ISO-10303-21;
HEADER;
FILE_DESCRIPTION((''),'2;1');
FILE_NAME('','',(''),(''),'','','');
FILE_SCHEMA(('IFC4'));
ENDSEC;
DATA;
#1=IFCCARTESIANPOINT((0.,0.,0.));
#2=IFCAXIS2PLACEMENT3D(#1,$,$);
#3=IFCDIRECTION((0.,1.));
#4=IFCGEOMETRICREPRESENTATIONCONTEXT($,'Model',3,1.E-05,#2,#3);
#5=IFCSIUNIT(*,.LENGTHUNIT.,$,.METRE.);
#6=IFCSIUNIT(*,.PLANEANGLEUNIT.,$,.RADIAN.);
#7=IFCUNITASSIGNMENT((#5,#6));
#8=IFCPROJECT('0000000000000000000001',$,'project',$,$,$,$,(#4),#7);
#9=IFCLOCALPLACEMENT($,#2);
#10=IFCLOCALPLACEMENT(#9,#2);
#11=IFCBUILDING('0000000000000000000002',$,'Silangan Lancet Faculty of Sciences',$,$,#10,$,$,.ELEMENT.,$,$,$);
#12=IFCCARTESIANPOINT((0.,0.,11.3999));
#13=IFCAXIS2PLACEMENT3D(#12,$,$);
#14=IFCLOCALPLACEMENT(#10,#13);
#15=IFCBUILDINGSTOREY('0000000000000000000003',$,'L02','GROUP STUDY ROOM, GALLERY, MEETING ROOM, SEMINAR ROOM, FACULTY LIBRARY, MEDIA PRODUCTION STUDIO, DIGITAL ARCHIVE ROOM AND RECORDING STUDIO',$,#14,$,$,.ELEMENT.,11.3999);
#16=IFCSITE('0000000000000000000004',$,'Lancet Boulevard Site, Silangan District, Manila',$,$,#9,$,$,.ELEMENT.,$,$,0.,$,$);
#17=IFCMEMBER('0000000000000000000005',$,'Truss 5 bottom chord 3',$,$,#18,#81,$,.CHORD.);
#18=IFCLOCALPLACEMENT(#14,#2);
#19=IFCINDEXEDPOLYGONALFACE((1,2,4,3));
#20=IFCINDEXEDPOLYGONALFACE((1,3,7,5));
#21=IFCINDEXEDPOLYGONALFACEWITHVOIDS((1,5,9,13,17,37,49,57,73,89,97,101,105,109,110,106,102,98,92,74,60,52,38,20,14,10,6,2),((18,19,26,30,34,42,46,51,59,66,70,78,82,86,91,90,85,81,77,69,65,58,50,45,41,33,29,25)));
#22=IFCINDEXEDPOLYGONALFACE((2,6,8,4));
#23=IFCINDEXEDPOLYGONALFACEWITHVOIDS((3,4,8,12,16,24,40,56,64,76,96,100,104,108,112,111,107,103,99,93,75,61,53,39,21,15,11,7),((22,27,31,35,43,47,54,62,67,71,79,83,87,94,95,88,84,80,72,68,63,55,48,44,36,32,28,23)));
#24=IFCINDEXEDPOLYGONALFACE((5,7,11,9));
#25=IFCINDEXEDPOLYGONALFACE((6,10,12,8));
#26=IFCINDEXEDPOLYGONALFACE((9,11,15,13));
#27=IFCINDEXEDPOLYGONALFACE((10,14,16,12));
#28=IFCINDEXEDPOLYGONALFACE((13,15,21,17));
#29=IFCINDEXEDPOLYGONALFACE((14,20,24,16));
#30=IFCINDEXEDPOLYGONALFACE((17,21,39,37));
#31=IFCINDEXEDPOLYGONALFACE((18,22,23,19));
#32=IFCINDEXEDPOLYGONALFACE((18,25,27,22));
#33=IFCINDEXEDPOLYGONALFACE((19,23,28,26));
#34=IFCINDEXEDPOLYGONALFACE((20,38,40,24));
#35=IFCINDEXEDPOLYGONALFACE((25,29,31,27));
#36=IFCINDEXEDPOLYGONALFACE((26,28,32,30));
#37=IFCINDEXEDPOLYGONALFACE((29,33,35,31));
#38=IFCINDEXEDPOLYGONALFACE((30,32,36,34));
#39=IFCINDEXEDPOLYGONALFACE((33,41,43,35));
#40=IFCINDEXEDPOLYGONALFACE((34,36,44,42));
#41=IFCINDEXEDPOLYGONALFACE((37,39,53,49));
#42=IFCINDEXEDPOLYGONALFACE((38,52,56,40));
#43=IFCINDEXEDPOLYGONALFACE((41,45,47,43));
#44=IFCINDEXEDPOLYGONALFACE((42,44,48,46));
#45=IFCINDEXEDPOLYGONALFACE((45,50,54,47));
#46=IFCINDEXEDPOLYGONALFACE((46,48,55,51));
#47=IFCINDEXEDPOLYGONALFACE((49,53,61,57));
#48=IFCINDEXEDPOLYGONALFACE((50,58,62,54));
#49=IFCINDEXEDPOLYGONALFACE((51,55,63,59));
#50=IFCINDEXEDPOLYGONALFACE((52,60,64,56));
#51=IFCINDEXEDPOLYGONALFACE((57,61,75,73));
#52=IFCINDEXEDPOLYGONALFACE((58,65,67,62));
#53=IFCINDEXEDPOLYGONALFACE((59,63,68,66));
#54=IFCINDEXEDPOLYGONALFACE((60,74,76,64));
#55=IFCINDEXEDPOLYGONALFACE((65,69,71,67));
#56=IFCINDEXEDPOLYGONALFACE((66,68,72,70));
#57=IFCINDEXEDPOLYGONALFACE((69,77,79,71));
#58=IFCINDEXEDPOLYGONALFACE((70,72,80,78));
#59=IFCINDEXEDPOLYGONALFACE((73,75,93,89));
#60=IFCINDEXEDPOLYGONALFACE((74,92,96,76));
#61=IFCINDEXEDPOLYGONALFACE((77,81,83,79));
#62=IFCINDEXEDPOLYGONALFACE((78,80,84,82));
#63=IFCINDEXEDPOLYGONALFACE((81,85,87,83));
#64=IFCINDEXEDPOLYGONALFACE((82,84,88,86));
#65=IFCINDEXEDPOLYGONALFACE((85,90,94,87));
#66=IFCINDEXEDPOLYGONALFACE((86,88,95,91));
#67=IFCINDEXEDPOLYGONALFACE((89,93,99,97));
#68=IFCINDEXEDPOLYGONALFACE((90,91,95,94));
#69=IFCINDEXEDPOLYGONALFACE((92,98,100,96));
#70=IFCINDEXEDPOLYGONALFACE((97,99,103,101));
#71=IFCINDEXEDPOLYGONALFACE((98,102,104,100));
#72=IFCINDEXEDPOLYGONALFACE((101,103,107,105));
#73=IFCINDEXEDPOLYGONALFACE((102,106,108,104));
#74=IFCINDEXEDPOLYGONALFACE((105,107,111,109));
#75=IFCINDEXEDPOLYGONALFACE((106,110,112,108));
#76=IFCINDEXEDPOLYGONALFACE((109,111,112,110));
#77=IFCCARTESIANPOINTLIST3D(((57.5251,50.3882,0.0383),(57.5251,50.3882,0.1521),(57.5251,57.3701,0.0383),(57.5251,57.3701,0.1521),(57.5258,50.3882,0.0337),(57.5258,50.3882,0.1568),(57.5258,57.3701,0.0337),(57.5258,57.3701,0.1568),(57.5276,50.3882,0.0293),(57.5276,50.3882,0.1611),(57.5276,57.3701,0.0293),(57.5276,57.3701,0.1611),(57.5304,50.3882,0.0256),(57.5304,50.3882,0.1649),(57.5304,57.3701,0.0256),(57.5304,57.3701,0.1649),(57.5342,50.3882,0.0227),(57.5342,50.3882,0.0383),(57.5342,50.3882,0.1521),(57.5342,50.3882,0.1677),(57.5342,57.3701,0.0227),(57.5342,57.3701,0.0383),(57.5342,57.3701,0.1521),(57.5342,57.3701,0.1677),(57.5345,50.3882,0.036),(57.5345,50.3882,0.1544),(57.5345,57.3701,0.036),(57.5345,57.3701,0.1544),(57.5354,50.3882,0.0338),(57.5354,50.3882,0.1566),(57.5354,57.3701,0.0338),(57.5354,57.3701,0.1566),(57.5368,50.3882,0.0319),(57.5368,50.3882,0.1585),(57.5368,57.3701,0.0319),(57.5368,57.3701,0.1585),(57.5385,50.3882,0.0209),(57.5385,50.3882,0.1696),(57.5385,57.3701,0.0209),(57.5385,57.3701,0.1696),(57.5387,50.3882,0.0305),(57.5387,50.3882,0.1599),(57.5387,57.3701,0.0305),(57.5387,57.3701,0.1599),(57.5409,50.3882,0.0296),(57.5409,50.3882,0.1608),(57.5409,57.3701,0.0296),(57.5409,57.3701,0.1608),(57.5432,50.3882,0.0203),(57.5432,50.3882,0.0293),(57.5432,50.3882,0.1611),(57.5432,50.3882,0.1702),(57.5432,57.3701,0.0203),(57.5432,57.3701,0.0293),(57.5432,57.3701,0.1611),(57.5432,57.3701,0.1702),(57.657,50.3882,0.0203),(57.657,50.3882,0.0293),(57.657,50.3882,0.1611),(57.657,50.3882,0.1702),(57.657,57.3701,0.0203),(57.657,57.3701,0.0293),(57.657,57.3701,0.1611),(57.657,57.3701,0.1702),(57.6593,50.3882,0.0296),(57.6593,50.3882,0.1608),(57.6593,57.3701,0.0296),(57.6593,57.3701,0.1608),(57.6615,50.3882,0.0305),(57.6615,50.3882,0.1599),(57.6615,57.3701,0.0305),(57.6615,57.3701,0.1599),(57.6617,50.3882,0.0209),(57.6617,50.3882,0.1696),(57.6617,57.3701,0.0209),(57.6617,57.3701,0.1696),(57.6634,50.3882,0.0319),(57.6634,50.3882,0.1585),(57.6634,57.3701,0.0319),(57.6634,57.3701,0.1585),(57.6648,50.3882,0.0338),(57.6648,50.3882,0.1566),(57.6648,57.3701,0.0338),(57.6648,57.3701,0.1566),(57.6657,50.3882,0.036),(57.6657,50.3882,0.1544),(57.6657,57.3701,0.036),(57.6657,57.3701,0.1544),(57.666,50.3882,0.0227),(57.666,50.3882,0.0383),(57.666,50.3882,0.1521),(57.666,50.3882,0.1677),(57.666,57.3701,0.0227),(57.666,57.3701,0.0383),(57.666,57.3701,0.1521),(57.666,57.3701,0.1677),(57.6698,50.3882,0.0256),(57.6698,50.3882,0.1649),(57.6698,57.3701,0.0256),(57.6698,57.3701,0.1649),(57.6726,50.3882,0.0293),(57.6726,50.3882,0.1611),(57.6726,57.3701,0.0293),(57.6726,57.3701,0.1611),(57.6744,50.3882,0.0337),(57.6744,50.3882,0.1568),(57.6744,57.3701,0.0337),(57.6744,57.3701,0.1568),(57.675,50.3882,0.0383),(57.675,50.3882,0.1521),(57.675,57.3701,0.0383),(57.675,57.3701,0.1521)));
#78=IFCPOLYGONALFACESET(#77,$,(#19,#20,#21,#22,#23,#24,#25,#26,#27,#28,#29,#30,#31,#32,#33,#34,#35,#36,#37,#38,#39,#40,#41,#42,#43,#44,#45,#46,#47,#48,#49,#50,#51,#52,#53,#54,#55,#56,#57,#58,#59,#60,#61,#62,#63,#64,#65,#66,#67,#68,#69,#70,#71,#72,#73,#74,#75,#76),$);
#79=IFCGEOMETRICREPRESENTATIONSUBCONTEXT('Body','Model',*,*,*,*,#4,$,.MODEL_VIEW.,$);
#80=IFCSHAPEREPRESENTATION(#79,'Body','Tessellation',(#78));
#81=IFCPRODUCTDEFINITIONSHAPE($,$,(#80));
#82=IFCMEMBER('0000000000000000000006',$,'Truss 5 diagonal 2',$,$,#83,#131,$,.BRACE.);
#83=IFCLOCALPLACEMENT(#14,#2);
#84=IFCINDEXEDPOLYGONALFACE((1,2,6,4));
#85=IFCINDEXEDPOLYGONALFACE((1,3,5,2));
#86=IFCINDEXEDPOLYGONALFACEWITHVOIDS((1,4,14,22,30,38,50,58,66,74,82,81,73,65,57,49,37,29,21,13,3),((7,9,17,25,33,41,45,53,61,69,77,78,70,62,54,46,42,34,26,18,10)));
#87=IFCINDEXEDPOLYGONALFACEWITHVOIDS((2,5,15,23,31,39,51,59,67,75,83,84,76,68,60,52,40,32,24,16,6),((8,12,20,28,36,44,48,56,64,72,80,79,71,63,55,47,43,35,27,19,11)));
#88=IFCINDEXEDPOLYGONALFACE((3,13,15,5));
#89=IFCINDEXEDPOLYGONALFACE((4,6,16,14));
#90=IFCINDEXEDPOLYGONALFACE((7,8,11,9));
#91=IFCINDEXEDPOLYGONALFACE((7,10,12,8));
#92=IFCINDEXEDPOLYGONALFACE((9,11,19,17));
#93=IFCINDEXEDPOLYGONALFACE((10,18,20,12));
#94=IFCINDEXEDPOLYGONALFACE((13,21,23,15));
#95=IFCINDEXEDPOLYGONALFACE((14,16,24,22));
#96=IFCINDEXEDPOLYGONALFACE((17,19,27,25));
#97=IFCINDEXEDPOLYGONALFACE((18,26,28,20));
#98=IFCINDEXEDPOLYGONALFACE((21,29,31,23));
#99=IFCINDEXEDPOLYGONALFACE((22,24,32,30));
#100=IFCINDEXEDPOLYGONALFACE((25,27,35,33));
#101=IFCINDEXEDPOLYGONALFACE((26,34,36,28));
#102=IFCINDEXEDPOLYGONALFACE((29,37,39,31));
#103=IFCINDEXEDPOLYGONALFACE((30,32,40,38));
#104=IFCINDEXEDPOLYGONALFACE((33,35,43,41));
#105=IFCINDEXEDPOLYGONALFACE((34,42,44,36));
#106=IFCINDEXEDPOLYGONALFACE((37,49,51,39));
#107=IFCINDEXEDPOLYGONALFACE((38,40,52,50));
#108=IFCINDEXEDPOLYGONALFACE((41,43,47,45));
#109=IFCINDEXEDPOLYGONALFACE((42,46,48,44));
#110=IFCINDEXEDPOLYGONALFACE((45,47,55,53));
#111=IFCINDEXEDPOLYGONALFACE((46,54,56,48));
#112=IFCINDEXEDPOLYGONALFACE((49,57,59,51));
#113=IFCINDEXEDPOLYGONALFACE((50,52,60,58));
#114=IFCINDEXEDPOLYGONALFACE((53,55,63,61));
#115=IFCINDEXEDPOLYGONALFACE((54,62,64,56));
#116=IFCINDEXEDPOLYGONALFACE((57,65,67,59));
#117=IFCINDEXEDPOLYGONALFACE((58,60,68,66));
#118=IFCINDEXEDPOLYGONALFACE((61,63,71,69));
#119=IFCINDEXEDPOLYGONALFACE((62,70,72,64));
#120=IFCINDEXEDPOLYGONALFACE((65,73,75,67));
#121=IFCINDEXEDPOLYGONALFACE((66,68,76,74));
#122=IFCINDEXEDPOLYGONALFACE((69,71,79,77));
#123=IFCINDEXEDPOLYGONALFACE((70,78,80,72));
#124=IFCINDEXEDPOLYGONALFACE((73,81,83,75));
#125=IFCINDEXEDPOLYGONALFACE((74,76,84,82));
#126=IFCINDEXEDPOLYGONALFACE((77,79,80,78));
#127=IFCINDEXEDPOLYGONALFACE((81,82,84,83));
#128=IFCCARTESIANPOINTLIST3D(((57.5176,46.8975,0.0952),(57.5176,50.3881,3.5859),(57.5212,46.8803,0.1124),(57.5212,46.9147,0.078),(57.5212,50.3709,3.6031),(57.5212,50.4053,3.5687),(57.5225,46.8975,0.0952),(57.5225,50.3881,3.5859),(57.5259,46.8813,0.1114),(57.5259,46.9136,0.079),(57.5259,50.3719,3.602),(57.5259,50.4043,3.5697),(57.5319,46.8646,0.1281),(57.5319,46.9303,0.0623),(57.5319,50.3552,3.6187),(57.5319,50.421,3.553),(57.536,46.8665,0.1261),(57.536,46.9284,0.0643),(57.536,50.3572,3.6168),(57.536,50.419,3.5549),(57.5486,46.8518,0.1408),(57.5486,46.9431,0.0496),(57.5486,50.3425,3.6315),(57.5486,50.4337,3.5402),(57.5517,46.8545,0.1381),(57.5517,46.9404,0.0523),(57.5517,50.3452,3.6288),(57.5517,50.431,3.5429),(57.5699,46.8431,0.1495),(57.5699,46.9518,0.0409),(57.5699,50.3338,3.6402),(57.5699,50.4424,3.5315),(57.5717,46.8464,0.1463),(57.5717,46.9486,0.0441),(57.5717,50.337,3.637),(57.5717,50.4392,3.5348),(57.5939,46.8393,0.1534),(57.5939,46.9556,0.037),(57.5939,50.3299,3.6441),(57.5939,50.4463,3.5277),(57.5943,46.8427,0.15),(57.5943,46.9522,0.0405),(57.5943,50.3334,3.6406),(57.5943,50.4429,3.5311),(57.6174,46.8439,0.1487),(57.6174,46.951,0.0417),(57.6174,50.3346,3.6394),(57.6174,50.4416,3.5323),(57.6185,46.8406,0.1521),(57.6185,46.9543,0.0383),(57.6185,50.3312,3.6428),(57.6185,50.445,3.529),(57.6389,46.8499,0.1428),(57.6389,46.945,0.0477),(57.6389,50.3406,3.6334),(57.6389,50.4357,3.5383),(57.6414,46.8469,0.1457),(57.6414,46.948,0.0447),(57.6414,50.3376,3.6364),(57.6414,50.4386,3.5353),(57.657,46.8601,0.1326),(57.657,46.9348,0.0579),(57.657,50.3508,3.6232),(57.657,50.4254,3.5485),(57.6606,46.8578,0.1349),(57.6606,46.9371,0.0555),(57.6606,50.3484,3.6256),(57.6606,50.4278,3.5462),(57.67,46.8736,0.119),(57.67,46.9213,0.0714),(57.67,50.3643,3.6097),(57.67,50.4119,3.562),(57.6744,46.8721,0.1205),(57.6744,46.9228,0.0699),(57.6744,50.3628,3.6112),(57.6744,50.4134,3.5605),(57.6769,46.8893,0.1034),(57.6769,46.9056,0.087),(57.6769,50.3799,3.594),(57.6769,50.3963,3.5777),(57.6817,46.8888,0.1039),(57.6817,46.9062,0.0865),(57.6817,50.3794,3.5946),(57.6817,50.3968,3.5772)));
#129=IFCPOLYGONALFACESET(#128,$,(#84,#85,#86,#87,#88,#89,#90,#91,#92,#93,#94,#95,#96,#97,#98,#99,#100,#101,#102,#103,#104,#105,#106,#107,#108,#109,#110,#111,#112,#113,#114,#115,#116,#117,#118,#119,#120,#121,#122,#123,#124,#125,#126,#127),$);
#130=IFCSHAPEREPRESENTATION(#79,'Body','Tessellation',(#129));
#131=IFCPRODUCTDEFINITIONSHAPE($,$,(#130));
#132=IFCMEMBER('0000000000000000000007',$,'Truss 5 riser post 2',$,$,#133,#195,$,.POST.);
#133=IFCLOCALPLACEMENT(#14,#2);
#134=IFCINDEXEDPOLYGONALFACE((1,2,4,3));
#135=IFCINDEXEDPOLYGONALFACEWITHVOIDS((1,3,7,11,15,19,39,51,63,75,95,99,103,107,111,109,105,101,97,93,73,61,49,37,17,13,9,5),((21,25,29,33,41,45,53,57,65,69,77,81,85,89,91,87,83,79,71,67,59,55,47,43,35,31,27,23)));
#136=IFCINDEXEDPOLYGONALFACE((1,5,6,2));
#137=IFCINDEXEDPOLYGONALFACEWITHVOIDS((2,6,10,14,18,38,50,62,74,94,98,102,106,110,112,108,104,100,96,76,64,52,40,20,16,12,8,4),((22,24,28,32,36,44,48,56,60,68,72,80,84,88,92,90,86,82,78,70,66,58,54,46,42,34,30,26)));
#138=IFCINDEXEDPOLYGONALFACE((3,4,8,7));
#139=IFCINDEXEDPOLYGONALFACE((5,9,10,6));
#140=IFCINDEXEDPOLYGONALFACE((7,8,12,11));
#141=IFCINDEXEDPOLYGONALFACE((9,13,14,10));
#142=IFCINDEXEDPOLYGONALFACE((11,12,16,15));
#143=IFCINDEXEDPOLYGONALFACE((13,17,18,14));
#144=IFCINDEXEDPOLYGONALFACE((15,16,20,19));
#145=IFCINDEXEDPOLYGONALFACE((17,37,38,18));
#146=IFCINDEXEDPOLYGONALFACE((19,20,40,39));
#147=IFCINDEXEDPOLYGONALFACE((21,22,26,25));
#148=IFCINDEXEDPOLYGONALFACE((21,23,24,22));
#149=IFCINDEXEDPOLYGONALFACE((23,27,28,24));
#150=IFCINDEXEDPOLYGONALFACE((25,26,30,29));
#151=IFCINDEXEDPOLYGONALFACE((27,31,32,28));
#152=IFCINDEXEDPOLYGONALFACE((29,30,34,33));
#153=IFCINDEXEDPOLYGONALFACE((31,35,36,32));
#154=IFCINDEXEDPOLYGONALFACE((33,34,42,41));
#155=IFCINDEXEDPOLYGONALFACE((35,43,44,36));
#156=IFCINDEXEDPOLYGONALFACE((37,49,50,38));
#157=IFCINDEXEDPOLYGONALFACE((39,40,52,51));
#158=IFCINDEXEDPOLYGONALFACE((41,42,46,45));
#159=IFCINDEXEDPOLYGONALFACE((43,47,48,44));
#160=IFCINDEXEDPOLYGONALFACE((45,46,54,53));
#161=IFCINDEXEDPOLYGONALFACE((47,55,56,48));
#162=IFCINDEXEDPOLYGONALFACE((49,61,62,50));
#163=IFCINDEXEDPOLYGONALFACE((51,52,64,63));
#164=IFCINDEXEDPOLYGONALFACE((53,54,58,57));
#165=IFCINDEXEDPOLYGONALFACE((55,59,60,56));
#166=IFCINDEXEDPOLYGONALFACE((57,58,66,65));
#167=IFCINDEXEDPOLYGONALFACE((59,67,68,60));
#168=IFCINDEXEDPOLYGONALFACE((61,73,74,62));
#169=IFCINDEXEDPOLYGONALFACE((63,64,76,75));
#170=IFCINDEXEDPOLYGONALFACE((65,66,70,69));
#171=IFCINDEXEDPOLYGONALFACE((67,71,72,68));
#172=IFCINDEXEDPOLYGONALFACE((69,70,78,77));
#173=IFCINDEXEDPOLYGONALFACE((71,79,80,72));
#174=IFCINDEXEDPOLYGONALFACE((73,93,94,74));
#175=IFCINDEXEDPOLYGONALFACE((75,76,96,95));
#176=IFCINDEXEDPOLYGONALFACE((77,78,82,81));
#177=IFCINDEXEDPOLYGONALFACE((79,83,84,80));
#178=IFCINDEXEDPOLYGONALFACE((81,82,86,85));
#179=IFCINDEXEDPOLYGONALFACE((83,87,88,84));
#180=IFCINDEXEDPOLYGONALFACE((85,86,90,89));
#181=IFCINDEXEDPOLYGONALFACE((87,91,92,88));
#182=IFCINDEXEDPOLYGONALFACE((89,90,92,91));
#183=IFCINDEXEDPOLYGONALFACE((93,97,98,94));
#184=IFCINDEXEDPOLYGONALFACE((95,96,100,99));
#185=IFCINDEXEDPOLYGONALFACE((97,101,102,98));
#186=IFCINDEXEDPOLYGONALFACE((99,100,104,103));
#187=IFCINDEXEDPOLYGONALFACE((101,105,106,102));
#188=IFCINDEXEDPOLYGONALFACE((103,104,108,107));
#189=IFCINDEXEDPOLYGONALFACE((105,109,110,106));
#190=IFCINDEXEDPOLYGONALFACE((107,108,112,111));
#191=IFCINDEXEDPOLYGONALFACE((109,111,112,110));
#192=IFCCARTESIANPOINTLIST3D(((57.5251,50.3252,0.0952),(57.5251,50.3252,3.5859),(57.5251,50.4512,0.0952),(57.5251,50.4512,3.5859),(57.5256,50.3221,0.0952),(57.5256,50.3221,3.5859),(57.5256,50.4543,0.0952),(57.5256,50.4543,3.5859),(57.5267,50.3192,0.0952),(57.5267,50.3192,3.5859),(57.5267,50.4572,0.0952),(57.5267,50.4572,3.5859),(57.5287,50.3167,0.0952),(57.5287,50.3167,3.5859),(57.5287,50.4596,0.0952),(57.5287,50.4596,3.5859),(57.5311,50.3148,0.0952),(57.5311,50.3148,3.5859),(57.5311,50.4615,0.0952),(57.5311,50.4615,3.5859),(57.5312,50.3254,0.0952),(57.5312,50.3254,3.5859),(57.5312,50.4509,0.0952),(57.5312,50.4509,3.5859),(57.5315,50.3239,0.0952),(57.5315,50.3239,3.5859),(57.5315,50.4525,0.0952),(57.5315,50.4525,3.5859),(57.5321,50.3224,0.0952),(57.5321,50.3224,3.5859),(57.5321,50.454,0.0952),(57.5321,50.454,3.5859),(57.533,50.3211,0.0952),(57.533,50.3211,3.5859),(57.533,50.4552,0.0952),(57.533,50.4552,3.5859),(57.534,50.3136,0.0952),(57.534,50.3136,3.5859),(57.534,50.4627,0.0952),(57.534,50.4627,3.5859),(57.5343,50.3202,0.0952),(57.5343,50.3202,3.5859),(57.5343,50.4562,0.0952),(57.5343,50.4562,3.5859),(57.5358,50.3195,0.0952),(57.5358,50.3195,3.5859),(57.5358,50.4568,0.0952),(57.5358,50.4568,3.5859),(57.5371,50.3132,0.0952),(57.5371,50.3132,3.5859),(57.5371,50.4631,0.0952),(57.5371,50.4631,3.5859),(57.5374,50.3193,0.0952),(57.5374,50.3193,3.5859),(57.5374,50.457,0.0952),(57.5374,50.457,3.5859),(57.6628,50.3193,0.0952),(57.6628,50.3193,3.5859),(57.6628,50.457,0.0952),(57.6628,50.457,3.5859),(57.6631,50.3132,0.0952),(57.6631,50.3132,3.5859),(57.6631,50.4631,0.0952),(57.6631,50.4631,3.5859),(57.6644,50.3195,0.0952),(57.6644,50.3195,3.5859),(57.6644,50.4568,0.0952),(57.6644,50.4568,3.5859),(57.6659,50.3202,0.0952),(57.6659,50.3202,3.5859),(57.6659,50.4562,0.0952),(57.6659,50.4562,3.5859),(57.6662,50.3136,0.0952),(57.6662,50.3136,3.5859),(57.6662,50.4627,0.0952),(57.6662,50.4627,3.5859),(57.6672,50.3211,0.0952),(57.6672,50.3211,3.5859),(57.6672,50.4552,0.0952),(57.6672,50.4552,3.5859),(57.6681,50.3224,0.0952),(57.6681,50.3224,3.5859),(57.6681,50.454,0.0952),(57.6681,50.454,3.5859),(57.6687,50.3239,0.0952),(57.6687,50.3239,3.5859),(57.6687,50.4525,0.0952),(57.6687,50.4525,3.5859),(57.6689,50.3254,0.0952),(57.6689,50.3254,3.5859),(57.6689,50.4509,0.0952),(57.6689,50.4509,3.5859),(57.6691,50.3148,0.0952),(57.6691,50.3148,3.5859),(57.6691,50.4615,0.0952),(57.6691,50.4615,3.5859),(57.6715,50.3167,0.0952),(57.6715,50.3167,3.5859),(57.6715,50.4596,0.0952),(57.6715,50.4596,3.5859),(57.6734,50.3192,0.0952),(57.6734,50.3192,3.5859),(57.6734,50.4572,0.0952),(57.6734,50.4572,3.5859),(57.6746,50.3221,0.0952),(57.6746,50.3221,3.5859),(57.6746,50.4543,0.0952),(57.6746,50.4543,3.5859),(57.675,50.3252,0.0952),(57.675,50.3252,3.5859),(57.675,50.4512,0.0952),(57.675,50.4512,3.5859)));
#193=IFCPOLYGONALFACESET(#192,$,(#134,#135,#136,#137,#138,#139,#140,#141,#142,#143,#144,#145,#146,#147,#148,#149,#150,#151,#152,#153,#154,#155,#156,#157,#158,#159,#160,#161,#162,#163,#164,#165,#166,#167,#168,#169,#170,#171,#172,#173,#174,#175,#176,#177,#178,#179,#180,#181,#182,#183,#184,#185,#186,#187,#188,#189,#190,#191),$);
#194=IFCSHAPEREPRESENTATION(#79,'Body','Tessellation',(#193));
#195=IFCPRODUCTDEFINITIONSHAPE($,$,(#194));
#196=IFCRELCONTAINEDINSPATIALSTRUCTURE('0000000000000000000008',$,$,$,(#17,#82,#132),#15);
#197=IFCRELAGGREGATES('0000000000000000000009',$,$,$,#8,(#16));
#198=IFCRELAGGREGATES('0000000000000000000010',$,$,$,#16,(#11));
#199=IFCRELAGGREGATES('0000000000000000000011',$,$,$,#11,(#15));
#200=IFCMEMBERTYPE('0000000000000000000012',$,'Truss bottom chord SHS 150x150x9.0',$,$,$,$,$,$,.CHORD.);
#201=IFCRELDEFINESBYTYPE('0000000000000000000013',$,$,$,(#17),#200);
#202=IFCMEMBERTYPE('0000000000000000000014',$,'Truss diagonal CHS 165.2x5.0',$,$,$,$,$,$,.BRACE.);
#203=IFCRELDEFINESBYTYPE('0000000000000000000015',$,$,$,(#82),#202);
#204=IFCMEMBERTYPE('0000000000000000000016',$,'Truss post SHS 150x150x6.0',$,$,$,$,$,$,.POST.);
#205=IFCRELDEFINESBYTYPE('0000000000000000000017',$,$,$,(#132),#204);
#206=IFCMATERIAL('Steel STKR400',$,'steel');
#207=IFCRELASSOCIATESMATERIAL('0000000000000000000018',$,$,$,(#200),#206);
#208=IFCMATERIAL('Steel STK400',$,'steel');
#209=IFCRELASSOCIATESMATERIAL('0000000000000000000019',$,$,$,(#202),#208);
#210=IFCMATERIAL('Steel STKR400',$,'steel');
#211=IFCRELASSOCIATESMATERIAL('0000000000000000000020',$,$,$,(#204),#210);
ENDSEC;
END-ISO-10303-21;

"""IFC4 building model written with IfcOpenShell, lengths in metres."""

from ifc_helpers import new_model, si_unit, direction, frame, origin, origin_2d, place, context, subcontext, project, spatial, hollow_rectangle, hollow_circle, extrude, material, material_profile, profile_set, type_object, element, save


model = new_model("IFC4")

# Units and contexts
model_context = context("Model", 3, precision=1e-05, world=origin(), true_north=direction((0.0, 1.0)))
body_context = subcontext(model_context, "Body", "Model", "MODEL_VIEW")
ifc_project = project(units=[si_unit("LENGTHUNIT", "METRE"), si_unit("PLANEANGLEUNIT", "RADIAN")], contexts=[model_context])

# Site, building, storey
site_placement = place(None, origin())
site = spatial("IfcSite", under=ifc_project, at=site_placement, Name="Lancet Boulevard Site, Silangan District, Manila", CompositionType="ELEMENT", RefElevation=0.0)
building_placement = place(site_placement, origin())
building = spatial("IfcBuilding", under=site, at=building_placement, Name="Silangan Lancet Faculty of Sciences", CompositionType="ELEMENT")
storey_placement = place(building_placement, frame((0.0, 0.0, 11.3999)))
storey = spatial("IfcBuildingStorey", under=building, at=storey_placement, Name="L02", Description="GROUP STUDY ROOM, GALLERY, MEETING ROOM, SEMINAR ROOM, FACULTY LIBRARY, MEDIA PRODUCTION STUDIO, DIGITAL ARCHIVE ROOM AND RECORDING STUDIO", CompositionType="ELEMENT", Elevation=11.3999)

# Members
ifc_material_1 = material(Name="Steel STKR400", Category="steel")
ifc_material_profile_1 = material_profile(ifc_material_1, hollow_rectangle(XDim=0.1499, YDim=0.1499, WallThickness=0.009, InnerFilletRadius=0.009, OuterFilletRadius=0.0181, at=origin_2d()), Name="SHS 150x150x9.0")
ifc_profile_set_1 = profile_set([ifc_material_profile_1], Name="Steel STKR400")
member_type_1 = type_object("IfcMemberType", Name="Truss bottom chord SHS 150x150x9.0", PredefinedType="CHORD", material=ifc_profile_set_1)
member_1_placement = place(storey_placement, frame((57.6001, 50.3882, 0.0952), z_axis=(0.0, 1.0, 0.0), x_axis=(-1.0, 0.0, 0.0)))
element("IfcMember", 1, at=member_1_placement, inside=storey, type_object=member_type_1, Name="Truss 5 bottom chord 3", PredefinedType="CHORD", context=body_context, shape_type="SweptSolid", body=[
    extrude(hollow_rectangle(XDim=0.1499, YDim=0.1499, WallThickness=0.009, InnerFilletRadius=0.009, OuterFilletRadius=0.0181, at=origin_2d()), origin(), (0.0, 0.0, 1.0), 6.9819),
])
ifc_material_2 = material(Name="Steel STK400", Category="steel")
ifc_material_profile_2 = material_profile(ifc_material_2, hollow_circle(Radius=0.0825, WallThickness=0.0049, at=origin_2d()), Name="CHS 165.2x5.0")
ifc_profile_set_2 = profile_set([ifc_material_profile_2], Name="Steel STK400")
member_type_2 = type_object("IfcMemberType", Name="Truss diagonal CHS 165.2x5.0", PredefinedType="BRACE", material=ifc_profile_set_2)
member_2_placement = place(storey_placement, frame((57.6001, 46.8975, 0.0952), z_axis=(0.0, 0.707107, 0.707107), x_axis=(-1.0, 0.0, 0.0)))
element("IfcMember", 2, at=member_2_placement, inside=storey, type_object=member_type_2, Name="Truss 5 diagonal 2", PredefinedType="BRACE", context=body_context, shape_type="SweptSolid", body=[
    extrude(hollow_circle(Radius=0.0825, WallThickness=0.0049, at=origin_2d()), origin(), (0.0, 0.0, 1.0), 4.9365),
])
ifc_material_3 = material(Name="Steel STKR400", Category="steel")
ifc_material_profile_3 = material_profile(ifc_material_3, hollow_rectangle(XDim=0.1499, YDim=0.1499, WallThickness=0.0061, InnerFilletRadius=0.0061, OuterFilletRadius=0.012, at=origin_2d()), Name="SHS 150x150x6.0")
ifc_profile_set_3 = profile_set([ifc_material_profile_3], Name="Steel STKR400")
member_type_3 = type_object("IfcMemberType", Name="Truss post SHS 150x150x6.0", PredefinedType="POST", material=ifc_profile_set_3)
member_3_placement = place(storey_placement, frame((57.6001, 50.3882, 0.0952), z_axis=(0.0, 0.0, 1.0), x_axis=(1.0, 0.0, 0.0)))
element("IfcMember", 3, at=member_3_placement, inside=storey, type_object=member_type_3, Name="Truss 5 riser post 2", PredefinedType="POST", context=body_context, shape_type="SweptSolid", body=[
    extrude(hollow_rectangle(XDim=0.1499, YDim=0.1499, WallThickness=0.0061, InnerFilletRadius=0.0061, OuterFilletRadius=0.012, at=origin_2d()), origin(), (0.0, 0.0, 1.0), 3.4907),
])

save(model, "model.ifc")
